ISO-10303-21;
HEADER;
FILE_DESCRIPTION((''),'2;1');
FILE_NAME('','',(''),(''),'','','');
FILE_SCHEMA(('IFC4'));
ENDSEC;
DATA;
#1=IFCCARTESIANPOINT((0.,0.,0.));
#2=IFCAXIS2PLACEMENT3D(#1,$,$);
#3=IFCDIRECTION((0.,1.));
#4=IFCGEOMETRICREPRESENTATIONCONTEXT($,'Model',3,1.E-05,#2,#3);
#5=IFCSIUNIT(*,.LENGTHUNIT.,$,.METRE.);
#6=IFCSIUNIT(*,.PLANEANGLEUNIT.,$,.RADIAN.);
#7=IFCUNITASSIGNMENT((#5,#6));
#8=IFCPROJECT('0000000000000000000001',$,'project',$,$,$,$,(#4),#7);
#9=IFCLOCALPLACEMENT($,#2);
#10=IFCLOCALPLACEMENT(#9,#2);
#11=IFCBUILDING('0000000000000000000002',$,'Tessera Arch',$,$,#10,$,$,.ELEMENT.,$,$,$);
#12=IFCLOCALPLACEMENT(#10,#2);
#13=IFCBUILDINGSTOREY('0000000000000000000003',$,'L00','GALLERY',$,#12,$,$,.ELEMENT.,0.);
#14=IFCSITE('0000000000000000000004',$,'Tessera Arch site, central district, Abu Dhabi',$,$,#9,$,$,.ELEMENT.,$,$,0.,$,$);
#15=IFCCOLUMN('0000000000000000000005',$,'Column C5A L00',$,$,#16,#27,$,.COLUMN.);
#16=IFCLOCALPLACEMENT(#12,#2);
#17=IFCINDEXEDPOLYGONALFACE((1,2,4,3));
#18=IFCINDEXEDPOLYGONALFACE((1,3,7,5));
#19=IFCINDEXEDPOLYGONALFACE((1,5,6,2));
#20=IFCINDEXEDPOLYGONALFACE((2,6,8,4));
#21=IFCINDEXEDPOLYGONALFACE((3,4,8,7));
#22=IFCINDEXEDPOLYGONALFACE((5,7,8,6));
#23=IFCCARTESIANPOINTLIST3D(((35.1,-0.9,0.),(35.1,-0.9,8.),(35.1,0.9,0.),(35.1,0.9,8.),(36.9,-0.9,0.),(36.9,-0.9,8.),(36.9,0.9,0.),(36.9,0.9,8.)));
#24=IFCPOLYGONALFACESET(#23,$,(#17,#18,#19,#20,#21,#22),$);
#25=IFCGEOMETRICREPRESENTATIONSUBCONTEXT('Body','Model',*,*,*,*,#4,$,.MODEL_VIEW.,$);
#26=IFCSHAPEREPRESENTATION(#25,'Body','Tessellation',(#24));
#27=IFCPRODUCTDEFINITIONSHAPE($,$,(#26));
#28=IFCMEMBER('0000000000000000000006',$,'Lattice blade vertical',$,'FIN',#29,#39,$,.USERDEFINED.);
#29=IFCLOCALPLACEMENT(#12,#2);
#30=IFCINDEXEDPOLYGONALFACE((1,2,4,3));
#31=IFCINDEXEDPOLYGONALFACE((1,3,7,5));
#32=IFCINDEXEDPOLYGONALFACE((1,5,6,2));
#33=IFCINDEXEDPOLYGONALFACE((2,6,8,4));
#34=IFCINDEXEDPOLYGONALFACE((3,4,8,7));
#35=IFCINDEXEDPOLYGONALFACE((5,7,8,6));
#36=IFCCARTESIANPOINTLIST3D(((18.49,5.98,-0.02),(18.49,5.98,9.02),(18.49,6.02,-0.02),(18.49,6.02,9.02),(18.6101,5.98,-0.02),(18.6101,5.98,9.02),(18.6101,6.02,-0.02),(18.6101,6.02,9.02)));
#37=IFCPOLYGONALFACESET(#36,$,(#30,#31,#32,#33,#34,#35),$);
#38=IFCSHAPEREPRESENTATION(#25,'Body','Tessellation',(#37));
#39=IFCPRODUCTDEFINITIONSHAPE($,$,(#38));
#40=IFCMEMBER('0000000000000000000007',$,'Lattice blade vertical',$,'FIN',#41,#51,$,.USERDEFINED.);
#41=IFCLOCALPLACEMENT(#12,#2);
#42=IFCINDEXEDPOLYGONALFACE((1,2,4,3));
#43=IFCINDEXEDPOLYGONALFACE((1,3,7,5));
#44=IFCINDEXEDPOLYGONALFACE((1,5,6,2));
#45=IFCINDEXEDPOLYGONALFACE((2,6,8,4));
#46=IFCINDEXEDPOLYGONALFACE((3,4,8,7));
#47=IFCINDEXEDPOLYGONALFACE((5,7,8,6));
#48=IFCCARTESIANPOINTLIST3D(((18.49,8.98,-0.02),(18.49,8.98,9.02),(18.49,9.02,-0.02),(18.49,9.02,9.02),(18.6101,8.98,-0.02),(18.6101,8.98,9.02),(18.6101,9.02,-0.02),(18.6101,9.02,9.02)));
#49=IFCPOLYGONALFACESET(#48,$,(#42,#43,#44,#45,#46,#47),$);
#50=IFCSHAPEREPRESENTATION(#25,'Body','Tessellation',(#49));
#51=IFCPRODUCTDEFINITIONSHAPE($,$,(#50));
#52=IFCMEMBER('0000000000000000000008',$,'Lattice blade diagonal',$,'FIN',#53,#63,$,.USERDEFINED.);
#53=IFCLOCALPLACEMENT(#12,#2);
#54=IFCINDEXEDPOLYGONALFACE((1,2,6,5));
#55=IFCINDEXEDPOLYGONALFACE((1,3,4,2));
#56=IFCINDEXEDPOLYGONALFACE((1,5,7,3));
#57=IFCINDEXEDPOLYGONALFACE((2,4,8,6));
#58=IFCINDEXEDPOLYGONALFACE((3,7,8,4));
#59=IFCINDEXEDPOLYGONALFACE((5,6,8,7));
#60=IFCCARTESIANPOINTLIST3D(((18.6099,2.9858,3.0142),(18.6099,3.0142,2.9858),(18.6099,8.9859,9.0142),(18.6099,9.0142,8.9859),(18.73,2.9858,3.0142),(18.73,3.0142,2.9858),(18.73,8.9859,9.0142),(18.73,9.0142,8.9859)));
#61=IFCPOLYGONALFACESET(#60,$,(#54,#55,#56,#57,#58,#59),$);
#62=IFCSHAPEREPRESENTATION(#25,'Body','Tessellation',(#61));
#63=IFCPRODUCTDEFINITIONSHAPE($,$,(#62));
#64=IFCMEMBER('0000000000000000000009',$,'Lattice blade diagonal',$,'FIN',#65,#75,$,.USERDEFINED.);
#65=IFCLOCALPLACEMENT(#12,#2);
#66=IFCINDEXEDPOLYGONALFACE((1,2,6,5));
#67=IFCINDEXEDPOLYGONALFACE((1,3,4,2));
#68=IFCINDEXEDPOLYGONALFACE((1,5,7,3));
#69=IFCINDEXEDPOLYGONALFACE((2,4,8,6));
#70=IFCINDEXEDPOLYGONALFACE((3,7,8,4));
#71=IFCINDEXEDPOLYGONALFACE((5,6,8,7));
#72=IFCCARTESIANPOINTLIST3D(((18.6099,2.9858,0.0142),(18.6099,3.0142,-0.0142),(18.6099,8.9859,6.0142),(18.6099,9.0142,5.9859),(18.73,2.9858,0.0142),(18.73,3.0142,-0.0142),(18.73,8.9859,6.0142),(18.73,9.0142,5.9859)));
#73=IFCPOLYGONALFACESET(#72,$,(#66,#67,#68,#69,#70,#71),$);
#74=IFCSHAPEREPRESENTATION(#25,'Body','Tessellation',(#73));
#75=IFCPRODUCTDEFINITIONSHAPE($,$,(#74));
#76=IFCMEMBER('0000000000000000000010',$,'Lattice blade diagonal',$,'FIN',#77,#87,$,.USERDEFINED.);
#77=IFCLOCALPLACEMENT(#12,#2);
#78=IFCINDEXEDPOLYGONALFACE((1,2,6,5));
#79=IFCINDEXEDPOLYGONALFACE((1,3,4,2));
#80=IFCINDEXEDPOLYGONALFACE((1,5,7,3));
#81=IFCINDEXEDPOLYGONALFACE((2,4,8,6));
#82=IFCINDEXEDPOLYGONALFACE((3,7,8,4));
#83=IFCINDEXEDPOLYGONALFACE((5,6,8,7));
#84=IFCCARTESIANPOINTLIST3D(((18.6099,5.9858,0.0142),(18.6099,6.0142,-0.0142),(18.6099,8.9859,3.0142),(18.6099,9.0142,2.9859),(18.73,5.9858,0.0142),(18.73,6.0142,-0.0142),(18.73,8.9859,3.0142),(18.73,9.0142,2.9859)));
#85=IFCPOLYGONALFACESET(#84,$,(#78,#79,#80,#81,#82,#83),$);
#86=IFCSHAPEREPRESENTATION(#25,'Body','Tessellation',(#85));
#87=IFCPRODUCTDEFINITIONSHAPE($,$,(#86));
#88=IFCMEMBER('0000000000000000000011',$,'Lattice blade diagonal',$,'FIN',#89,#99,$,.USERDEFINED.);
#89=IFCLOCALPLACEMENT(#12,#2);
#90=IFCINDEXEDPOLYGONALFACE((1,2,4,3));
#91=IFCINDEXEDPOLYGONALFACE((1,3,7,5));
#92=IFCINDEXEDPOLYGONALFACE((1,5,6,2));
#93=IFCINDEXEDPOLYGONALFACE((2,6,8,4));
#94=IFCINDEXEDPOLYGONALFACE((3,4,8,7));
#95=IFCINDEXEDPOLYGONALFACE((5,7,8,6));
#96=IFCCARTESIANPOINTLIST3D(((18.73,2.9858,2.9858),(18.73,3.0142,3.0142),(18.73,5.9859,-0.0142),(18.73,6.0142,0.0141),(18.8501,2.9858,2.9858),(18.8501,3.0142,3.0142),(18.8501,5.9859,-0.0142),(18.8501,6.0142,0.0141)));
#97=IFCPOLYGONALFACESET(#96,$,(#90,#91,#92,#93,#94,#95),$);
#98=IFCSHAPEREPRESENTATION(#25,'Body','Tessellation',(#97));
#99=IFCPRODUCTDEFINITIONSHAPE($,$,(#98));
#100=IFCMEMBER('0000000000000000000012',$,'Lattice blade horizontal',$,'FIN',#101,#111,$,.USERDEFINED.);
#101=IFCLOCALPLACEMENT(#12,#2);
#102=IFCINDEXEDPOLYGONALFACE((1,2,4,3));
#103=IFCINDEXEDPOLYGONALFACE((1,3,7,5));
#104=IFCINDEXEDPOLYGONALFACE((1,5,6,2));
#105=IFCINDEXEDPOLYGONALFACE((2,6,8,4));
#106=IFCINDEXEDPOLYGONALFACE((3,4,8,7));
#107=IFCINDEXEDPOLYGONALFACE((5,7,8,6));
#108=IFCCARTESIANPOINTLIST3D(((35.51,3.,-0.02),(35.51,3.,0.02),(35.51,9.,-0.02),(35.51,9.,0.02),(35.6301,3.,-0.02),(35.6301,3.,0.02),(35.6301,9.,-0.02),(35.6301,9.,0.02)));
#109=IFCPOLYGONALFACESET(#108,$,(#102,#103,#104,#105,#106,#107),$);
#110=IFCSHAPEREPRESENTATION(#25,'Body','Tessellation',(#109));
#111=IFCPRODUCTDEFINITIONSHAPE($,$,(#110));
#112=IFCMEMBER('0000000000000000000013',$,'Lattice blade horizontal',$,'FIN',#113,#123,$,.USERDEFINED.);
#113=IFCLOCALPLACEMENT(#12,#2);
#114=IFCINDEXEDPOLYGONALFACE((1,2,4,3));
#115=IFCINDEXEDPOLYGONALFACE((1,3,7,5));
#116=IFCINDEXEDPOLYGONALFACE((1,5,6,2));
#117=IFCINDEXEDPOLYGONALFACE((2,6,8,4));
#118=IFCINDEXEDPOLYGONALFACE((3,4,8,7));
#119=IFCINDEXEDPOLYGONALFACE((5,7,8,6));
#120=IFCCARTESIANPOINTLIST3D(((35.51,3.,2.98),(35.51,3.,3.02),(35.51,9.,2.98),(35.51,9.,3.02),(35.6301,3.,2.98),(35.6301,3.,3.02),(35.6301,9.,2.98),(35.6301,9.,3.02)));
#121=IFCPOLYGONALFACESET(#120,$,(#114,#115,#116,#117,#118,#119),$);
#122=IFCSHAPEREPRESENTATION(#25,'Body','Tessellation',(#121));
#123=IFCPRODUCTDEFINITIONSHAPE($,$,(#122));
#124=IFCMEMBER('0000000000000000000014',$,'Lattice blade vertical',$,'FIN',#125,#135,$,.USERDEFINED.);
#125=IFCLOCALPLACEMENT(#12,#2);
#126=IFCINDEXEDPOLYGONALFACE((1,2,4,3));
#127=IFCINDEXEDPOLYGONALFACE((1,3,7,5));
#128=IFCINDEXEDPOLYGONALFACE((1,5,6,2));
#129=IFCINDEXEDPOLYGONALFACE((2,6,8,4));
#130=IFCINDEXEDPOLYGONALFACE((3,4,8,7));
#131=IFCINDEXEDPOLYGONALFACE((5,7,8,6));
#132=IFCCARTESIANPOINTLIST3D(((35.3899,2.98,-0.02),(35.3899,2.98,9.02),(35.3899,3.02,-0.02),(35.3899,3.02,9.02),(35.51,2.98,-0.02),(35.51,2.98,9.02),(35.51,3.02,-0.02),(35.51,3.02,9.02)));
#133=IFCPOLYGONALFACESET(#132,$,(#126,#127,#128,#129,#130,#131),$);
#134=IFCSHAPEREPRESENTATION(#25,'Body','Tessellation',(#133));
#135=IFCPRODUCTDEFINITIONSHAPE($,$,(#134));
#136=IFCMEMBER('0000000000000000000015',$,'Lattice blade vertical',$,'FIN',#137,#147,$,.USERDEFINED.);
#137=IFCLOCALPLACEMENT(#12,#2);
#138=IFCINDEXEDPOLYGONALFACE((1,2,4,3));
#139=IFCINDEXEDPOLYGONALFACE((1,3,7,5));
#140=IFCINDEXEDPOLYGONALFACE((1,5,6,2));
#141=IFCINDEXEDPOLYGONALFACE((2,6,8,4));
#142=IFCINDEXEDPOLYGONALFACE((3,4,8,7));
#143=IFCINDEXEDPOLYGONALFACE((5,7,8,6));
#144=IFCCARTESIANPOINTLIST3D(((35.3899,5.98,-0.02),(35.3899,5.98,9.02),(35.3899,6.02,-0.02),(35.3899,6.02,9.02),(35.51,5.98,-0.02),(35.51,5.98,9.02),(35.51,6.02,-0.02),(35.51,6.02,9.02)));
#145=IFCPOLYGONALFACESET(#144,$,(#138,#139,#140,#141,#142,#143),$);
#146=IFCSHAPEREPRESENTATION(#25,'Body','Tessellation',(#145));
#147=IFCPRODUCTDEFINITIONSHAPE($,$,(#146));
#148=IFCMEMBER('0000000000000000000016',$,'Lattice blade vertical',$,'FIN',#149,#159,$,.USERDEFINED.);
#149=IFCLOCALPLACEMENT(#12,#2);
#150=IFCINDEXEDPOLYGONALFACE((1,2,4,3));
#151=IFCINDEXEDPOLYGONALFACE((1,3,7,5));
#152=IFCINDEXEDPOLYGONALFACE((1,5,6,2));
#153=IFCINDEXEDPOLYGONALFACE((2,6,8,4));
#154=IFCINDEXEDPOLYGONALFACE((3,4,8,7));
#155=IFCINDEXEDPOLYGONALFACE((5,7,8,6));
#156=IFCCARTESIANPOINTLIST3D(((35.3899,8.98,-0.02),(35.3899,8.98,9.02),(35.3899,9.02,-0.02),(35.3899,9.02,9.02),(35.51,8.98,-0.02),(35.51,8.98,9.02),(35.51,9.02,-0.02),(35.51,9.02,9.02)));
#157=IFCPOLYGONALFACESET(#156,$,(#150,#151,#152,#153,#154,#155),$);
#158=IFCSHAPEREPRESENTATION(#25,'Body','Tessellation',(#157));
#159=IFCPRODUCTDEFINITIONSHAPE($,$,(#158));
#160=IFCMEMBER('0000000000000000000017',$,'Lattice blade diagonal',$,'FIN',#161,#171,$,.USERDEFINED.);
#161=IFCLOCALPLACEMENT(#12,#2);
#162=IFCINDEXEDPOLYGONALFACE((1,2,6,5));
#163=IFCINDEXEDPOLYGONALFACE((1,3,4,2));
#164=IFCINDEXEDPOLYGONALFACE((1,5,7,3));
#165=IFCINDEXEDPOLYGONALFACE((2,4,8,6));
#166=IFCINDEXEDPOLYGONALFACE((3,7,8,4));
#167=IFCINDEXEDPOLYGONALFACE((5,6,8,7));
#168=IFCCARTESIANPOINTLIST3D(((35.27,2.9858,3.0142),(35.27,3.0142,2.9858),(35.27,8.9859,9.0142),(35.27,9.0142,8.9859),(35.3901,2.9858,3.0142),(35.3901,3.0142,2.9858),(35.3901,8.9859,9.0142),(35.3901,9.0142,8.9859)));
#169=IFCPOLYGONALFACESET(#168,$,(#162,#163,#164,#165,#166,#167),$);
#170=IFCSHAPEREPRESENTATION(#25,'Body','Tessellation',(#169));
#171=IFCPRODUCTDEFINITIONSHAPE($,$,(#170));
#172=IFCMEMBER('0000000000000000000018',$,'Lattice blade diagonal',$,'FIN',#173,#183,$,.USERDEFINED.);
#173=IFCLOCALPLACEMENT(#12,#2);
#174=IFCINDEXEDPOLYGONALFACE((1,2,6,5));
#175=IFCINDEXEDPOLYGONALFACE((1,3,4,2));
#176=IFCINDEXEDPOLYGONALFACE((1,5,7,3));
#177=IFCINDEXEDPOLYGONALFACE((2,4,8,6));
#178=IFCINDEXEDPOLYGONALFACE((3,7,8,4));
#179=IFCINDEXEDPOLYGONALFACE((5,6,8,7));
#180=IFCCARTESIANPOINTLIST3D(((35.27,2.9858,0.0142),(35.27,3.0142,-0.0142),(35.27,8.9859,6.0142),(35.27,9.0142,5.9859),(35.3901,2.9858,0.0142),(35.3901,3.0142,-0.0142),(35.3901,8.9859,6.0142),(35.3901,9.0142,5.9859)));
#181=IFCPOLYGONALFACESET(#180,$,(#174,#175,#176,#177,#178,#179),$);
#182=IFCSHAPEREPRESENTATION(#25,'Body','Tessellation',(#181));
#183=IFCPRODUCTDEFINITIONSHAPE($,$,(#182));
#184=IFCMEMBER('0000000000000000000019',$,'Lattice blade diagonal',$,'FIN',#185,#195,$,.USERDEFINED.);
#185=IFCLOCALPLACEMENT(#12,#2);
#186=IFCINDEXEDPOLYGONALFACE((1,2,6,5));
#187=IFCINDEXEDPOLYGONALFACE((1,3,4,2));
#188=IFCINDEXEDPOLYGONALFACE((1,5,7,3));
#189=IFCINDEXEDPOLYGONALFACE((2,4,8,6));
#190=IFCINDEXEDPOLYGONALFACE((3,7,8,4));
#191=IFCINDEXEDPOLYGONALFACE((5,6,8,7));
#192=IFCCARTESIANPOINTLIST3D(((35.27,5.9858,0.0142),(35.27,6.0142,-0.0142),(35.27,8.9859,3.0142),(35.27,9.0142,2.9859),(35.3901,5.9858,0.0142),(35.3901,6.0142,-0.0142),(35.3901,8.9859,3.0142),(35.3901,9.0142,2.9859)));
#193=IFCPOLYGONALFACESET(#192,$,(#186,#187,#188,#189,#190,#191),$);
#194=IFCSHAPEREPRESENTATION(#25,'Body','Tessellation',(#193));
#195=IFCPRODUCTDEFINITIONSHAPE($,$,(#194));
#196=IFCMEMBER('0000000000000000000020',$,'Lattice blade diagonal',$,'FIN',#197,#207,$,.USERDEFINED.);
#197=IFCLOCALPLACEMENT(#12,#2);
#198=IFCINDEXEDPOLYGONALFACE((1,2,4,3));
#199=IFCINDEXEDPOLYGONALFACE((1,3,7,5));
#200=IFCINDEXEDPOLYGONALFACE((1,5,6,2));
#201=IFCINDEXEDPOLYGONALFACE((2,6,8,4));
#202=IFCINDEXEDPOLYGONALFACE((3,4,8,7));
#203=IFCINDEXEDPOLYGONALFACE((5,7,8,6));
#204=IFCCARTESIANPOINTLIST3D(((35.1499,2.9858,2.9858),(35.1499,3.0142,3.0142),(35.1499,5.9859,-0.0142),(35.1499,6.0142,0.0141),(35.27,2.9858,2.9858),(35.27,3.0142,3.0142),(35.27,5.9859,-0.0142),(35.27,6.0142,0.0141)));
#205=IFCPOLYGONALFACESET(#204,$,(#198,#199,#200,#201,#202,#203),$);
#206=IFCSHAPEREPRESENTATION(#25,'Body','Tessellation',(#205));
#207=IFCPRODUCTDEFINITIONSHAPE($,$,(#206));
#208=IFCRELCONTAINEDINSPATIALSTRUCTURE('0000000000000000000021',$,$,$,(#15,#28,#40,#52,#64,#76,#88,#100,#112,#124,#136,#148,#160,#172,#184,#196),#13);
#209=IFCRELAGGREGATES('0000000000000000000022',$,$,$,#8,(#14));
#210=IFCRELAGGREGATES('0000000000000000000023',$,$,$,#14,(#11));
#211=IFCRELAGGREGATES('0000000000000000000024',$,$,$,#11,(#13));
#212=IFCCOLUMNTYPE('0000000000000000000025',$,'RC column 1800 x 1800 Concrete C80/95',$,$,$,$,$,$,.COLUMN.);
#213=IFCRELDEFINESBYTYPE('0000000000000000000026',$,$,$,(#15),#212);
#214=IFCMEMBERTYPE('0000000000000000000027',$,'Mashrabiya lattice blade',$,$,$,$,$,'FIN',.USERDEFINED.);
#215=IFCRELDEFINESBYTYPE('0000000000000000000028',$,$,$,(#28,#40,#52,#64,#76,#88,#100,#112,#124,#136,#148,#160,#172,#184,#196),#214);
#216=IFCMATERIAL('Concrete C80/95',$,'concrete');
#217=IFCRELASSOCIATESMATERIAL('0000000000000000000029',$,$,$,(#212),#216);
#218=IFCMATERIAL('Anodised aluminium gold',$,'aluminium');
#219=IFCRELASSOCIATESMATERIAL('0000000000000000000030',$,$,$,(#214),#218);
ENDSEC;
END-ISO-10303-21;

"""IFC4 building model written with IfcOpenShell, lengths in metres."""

from ifc_helpers import new_model, si_unit, direction, frame, origin, origin_2d, place, context, subcontext, project, spatial, rectangle, extrude, material, material_profile, profile_set, type_object, element, save


model = new_model("IFC4")

# Units and contexts
model_context = context("Model", 3, precision=1e-05, world=origin(), true_north=direction((0.0, 1.0)))
body_context = subcontext(model_context, "Body", "Model", "MODEL_VIEW")
ifc_project = project(units=[si_unit("LENGTHUNIT", "METRE"), si_unit("PLANEANGLEUNIT", "RADIAN")], contexts=[model_context])

# Site, building, storey
site_placement = place(None, origin())
site = spatial("IfcSite", under=ifc_project, at=site_placement, Name="Tessera Arch site, central district, Abu Dhabi", CompositionType="ELEMENT", RefElevation=0.0)
building_placement = place(site_placement, origin())
building = spatial("IfcBuilding", under=site, at=building_placement, Name="Tessera Arch", CompositionType="ELEMENT")
storey_placement = place(building_placement, origin())
storey = spatial("IfcBuildingStorey", under=building, at=storey_placement, Name="L00", Description="GALLERY", CompositionType="ELEMENT", Elevation=0.0)

# Column
ifc_material_1 = material(Name="Concrete C80/95", Category="concrete")
ifc_material_profile_1 = material_profile(ifc_material_1, rectangle(XDim=1.8, YDim=1.8, at=origin_2d()), Name="RC column 1800 x 1800 Concrete C80/95")
ifc_profile_set_1 = profile_set([ifc_material_profile_1], Name="Concrete C80/95")
column_type = type_object("IfcColumnType", Name="RC column 1800 x 1800 Concrete C80/95", PredefinedType="COLUMN", material=ifc_profile_set_1)
column_placement = place(storey_placement, frame((36.0, 0.0, 0.0), z_axis=(0.0, 0.0, 1.0), x_axis=(1.0, 0.0, 0.0)))
element("IfcColumn", 1, at=column_placement, inside=storey, type_object=column_type, Name="Column C5A L00", PredefinedType="COLUMN", context=body_context, shape_type="SweptSolid", body=[
    extrude(rectangle(XDim=1.8, YDim=1.8, at=origin_2d()), origin(), (0.0, 0.0, 1.0), 8.0),
])

# Members
ifc_material_2 = material(Name="Anodised aluminium gold", Category="aluminium")
ifc_material_profile_2 = material_profile(ifc_material_2, rectangle(XDim=0.1201, YDim=0.04, at=origin_2d()), Name="AL 40x120")
ifc_profile_set_2 = profile_set([ifc_material_profile_2], Name="Anodised aluminium gold")
member_type = type_object("IfcMemberType", Name="Mashrabiya lattice blade", ElementType="FIN", PredefinedType="USERDEFINED", material=ifc_profile_set_2)
for number, where, z_axis, x_axis, name in (
    (2, (18.55, 6.0, -0.02), (0.0, 0.0, 1.0), (1.0, 0.0, 0.0), "Lattice blade vertical"),
    (3, (18.55, 9.0, -0.02), (0.0, 0.0, 1.0), (1.0, 0.0, 0.0), "Lattice blade vertical"),
):
    element("IfcMember", number, at=place(storey_placement, frame(where, z_axis=z_axis, x_axis=x_axis)), inside=storey, type_object=member_type, Name=name, ObjectType="FIN", PredefinedType="USERDEFINED", context=body_context, shape_type="SweptSolid", body=[
        extrude(rectangle(XDim=0.1201, YDim=0.04, at=origin_2d()), origin(), (0.0, 0.0, 1.0), 9.04),
    ])
for number, where, z_axis, x_axis, name in (
    (4, (18.6699, 3.0, 3.0), (0.0, 0.707107, 0.707107), (-1.0, 0.0, 0.0), "Lattice blade diagonal"),
    (5, (18.6699, 3.0, 0.0), (0.0, 0.707107, 0.707107), (-1.0, 0.0, 0.0), "Lattice blade diagonal"),
):
    element("IfcMember", number, at=place(storey_placement, frame(where, z_axis=z_axis, x_axis=x_axis)), inside=storey, type_object=member_type, Name=name, ObjectType="FIN", PredefinedType="USERDEFINED", context=body_context, shape_type="SweptSolid", body=[
        extrude(rectangle(XDim=0.1201, YDim=0.04, at=origin_2d()), origin(), (0.0, 0.0, 1.0), 8.4854),
    ])
for number, where, z_axis, x_axis, name in (
    (6, (18.6699, 6.0, 0.0), (0.0, 0.707107, 0.707107), (-1.0, 0.0, 0.0), "Lattice blade diagonal"),
    (7, (18.79, 3.0, 3.0), (0.0, 0.707107, -0.707107), (-1.0, 0.0, 0.0), "Lattice blade diagonal"),
):
    element("IfcMember", number, at=place(storey_placement, frame(where, z_axis=z_axis, x_axis=x_axis)), inside=storey, type_object=member_type, Name=name, ObjectType="FIN", PredefinedType="USERDEFINED", context=body_context, shape_type="SweptSolid", body=[
        extrude(rectangle(XDim=0.1201, YDim=0.04, at=origin_2d()), origin(), (0.0, 0.0, 1.0), 4.2427),
    ])
for number, where, z_axis, x_axis, name in (
    (8, (35.5701, 3.0, 0.0), (0.0, 1.0, 0.0), (-1.0, 0.0, 0.0), "Lattice blade horizontal"),
    (9, (35.5701, 3.0, 3.0), (0.0, 1.0, 0.0), (-1.0, 0.0, 0.0), "Lattice blade horizontal"),
):
    element("IfcMember", number, at=place(storey_placement, frame(where, z_axis=z_axis, x_axis=x_axis)), inside=storey, type_object=member_type, Name=name, ObjectType="FIN", PredefinedType="USERDEFINED", context=body_context, shape_type="SweptSolid", body=[
        extrude(rectangle(XDim=0.1201, YDim=0.04, at=origin_2d()), origin(), (0.0, 0.0, 1.0), 6.0),
    ])
for number, where, z_axis, x_axis, name in (
    (10, (35.45, 3.0, -0.02), (0.0, 0.0, 1.0), (-1.0, 0.0, 0.0), "Lattice blade vertical"),
    (11, (35.45, 6.0, -0.02), (0.0, 0.0, 1.0), (-1.0, 0.0, 0.0), "Lattice blade vertical"),
    (12, (35.45, 9.0, -0.02), (0.0, 0.0, 1.0), (-1.0, 0.0, 0.0), "Lattice blade vertical"),
):
    element("IfcMember", number, at=place(storey_placement, frame(where, z_axis=z_axis, x_axis=x_axis)), inside=storey, type_object=member_type, Name=name, ObjectType="FIN", PredefinedType="USERDEFINED", context=body_context, shape_type="SweptSolid", body=[
        extrude(rectangle(XDim=0.1201, YDim=0.04, at=origin_2d()), origin(), (0.0, 0.0, 1.0), 9.04),
    ])
for number, where, z_axis, x_axis, name in (
    (13, (35.3301, 3.0, 3.0), (0.0, 0.707107, 0.707107), (-1.0, 0.0, 0.0), "Lattice blade diagonal"),
    (14, (35.3301, 3.0, 0.0), (0.0, 0.707107, 0.707107), (-1.0, 0.0, 0.0), "Lattice blade diagonal"),
):
    element("IfcMember", number, at=place(storey_placement, frame(where, z_axis=z_axis, x_axis=x_axis)), inside=storey, type_object=member_type, Name=name, ObjectType="FIN", PredefinedType="USERDEFINED", context=body_context, shape_type="SweptSolid", body=[
        extrude(rectangle(XDim=0.1201, YDim=0.04, at=origin_2d()), origin(), (0.0, 0.0, 1.0), 8.4854),
    ])
for number, where, z_axis, x_axis, name in (
    (15, (35.3301, 6.0, 0.0), (0.0, 0.707107, 0.707107), (-1.0, 0.0, 0.0), "Lattice blade diagonal"),
    (16, (35.21, 3.0, 3.0), (0.0, 0.707107, -0.707107), (-1.0, 0.0, 0.0), "Lattice blade diagonal"),
):
    element("IfcMember", number, at=place(storey_placement, frame(where, z_axis=z_axis, x_axis=x_axis)), inside=storey, type_object=member_type, Name=name, ObjectType="FIN", PredefinedType="USERDEFINED", context=body_context, shape_type="SweptSolid", body=[
        extrude(rectangle(XDim=0.1201, YDim=0.04, at=origin_2d()), origin(), (0.0, 0.0, 1.0), 4.2427),
    ])

save(model, "model.ifc")
